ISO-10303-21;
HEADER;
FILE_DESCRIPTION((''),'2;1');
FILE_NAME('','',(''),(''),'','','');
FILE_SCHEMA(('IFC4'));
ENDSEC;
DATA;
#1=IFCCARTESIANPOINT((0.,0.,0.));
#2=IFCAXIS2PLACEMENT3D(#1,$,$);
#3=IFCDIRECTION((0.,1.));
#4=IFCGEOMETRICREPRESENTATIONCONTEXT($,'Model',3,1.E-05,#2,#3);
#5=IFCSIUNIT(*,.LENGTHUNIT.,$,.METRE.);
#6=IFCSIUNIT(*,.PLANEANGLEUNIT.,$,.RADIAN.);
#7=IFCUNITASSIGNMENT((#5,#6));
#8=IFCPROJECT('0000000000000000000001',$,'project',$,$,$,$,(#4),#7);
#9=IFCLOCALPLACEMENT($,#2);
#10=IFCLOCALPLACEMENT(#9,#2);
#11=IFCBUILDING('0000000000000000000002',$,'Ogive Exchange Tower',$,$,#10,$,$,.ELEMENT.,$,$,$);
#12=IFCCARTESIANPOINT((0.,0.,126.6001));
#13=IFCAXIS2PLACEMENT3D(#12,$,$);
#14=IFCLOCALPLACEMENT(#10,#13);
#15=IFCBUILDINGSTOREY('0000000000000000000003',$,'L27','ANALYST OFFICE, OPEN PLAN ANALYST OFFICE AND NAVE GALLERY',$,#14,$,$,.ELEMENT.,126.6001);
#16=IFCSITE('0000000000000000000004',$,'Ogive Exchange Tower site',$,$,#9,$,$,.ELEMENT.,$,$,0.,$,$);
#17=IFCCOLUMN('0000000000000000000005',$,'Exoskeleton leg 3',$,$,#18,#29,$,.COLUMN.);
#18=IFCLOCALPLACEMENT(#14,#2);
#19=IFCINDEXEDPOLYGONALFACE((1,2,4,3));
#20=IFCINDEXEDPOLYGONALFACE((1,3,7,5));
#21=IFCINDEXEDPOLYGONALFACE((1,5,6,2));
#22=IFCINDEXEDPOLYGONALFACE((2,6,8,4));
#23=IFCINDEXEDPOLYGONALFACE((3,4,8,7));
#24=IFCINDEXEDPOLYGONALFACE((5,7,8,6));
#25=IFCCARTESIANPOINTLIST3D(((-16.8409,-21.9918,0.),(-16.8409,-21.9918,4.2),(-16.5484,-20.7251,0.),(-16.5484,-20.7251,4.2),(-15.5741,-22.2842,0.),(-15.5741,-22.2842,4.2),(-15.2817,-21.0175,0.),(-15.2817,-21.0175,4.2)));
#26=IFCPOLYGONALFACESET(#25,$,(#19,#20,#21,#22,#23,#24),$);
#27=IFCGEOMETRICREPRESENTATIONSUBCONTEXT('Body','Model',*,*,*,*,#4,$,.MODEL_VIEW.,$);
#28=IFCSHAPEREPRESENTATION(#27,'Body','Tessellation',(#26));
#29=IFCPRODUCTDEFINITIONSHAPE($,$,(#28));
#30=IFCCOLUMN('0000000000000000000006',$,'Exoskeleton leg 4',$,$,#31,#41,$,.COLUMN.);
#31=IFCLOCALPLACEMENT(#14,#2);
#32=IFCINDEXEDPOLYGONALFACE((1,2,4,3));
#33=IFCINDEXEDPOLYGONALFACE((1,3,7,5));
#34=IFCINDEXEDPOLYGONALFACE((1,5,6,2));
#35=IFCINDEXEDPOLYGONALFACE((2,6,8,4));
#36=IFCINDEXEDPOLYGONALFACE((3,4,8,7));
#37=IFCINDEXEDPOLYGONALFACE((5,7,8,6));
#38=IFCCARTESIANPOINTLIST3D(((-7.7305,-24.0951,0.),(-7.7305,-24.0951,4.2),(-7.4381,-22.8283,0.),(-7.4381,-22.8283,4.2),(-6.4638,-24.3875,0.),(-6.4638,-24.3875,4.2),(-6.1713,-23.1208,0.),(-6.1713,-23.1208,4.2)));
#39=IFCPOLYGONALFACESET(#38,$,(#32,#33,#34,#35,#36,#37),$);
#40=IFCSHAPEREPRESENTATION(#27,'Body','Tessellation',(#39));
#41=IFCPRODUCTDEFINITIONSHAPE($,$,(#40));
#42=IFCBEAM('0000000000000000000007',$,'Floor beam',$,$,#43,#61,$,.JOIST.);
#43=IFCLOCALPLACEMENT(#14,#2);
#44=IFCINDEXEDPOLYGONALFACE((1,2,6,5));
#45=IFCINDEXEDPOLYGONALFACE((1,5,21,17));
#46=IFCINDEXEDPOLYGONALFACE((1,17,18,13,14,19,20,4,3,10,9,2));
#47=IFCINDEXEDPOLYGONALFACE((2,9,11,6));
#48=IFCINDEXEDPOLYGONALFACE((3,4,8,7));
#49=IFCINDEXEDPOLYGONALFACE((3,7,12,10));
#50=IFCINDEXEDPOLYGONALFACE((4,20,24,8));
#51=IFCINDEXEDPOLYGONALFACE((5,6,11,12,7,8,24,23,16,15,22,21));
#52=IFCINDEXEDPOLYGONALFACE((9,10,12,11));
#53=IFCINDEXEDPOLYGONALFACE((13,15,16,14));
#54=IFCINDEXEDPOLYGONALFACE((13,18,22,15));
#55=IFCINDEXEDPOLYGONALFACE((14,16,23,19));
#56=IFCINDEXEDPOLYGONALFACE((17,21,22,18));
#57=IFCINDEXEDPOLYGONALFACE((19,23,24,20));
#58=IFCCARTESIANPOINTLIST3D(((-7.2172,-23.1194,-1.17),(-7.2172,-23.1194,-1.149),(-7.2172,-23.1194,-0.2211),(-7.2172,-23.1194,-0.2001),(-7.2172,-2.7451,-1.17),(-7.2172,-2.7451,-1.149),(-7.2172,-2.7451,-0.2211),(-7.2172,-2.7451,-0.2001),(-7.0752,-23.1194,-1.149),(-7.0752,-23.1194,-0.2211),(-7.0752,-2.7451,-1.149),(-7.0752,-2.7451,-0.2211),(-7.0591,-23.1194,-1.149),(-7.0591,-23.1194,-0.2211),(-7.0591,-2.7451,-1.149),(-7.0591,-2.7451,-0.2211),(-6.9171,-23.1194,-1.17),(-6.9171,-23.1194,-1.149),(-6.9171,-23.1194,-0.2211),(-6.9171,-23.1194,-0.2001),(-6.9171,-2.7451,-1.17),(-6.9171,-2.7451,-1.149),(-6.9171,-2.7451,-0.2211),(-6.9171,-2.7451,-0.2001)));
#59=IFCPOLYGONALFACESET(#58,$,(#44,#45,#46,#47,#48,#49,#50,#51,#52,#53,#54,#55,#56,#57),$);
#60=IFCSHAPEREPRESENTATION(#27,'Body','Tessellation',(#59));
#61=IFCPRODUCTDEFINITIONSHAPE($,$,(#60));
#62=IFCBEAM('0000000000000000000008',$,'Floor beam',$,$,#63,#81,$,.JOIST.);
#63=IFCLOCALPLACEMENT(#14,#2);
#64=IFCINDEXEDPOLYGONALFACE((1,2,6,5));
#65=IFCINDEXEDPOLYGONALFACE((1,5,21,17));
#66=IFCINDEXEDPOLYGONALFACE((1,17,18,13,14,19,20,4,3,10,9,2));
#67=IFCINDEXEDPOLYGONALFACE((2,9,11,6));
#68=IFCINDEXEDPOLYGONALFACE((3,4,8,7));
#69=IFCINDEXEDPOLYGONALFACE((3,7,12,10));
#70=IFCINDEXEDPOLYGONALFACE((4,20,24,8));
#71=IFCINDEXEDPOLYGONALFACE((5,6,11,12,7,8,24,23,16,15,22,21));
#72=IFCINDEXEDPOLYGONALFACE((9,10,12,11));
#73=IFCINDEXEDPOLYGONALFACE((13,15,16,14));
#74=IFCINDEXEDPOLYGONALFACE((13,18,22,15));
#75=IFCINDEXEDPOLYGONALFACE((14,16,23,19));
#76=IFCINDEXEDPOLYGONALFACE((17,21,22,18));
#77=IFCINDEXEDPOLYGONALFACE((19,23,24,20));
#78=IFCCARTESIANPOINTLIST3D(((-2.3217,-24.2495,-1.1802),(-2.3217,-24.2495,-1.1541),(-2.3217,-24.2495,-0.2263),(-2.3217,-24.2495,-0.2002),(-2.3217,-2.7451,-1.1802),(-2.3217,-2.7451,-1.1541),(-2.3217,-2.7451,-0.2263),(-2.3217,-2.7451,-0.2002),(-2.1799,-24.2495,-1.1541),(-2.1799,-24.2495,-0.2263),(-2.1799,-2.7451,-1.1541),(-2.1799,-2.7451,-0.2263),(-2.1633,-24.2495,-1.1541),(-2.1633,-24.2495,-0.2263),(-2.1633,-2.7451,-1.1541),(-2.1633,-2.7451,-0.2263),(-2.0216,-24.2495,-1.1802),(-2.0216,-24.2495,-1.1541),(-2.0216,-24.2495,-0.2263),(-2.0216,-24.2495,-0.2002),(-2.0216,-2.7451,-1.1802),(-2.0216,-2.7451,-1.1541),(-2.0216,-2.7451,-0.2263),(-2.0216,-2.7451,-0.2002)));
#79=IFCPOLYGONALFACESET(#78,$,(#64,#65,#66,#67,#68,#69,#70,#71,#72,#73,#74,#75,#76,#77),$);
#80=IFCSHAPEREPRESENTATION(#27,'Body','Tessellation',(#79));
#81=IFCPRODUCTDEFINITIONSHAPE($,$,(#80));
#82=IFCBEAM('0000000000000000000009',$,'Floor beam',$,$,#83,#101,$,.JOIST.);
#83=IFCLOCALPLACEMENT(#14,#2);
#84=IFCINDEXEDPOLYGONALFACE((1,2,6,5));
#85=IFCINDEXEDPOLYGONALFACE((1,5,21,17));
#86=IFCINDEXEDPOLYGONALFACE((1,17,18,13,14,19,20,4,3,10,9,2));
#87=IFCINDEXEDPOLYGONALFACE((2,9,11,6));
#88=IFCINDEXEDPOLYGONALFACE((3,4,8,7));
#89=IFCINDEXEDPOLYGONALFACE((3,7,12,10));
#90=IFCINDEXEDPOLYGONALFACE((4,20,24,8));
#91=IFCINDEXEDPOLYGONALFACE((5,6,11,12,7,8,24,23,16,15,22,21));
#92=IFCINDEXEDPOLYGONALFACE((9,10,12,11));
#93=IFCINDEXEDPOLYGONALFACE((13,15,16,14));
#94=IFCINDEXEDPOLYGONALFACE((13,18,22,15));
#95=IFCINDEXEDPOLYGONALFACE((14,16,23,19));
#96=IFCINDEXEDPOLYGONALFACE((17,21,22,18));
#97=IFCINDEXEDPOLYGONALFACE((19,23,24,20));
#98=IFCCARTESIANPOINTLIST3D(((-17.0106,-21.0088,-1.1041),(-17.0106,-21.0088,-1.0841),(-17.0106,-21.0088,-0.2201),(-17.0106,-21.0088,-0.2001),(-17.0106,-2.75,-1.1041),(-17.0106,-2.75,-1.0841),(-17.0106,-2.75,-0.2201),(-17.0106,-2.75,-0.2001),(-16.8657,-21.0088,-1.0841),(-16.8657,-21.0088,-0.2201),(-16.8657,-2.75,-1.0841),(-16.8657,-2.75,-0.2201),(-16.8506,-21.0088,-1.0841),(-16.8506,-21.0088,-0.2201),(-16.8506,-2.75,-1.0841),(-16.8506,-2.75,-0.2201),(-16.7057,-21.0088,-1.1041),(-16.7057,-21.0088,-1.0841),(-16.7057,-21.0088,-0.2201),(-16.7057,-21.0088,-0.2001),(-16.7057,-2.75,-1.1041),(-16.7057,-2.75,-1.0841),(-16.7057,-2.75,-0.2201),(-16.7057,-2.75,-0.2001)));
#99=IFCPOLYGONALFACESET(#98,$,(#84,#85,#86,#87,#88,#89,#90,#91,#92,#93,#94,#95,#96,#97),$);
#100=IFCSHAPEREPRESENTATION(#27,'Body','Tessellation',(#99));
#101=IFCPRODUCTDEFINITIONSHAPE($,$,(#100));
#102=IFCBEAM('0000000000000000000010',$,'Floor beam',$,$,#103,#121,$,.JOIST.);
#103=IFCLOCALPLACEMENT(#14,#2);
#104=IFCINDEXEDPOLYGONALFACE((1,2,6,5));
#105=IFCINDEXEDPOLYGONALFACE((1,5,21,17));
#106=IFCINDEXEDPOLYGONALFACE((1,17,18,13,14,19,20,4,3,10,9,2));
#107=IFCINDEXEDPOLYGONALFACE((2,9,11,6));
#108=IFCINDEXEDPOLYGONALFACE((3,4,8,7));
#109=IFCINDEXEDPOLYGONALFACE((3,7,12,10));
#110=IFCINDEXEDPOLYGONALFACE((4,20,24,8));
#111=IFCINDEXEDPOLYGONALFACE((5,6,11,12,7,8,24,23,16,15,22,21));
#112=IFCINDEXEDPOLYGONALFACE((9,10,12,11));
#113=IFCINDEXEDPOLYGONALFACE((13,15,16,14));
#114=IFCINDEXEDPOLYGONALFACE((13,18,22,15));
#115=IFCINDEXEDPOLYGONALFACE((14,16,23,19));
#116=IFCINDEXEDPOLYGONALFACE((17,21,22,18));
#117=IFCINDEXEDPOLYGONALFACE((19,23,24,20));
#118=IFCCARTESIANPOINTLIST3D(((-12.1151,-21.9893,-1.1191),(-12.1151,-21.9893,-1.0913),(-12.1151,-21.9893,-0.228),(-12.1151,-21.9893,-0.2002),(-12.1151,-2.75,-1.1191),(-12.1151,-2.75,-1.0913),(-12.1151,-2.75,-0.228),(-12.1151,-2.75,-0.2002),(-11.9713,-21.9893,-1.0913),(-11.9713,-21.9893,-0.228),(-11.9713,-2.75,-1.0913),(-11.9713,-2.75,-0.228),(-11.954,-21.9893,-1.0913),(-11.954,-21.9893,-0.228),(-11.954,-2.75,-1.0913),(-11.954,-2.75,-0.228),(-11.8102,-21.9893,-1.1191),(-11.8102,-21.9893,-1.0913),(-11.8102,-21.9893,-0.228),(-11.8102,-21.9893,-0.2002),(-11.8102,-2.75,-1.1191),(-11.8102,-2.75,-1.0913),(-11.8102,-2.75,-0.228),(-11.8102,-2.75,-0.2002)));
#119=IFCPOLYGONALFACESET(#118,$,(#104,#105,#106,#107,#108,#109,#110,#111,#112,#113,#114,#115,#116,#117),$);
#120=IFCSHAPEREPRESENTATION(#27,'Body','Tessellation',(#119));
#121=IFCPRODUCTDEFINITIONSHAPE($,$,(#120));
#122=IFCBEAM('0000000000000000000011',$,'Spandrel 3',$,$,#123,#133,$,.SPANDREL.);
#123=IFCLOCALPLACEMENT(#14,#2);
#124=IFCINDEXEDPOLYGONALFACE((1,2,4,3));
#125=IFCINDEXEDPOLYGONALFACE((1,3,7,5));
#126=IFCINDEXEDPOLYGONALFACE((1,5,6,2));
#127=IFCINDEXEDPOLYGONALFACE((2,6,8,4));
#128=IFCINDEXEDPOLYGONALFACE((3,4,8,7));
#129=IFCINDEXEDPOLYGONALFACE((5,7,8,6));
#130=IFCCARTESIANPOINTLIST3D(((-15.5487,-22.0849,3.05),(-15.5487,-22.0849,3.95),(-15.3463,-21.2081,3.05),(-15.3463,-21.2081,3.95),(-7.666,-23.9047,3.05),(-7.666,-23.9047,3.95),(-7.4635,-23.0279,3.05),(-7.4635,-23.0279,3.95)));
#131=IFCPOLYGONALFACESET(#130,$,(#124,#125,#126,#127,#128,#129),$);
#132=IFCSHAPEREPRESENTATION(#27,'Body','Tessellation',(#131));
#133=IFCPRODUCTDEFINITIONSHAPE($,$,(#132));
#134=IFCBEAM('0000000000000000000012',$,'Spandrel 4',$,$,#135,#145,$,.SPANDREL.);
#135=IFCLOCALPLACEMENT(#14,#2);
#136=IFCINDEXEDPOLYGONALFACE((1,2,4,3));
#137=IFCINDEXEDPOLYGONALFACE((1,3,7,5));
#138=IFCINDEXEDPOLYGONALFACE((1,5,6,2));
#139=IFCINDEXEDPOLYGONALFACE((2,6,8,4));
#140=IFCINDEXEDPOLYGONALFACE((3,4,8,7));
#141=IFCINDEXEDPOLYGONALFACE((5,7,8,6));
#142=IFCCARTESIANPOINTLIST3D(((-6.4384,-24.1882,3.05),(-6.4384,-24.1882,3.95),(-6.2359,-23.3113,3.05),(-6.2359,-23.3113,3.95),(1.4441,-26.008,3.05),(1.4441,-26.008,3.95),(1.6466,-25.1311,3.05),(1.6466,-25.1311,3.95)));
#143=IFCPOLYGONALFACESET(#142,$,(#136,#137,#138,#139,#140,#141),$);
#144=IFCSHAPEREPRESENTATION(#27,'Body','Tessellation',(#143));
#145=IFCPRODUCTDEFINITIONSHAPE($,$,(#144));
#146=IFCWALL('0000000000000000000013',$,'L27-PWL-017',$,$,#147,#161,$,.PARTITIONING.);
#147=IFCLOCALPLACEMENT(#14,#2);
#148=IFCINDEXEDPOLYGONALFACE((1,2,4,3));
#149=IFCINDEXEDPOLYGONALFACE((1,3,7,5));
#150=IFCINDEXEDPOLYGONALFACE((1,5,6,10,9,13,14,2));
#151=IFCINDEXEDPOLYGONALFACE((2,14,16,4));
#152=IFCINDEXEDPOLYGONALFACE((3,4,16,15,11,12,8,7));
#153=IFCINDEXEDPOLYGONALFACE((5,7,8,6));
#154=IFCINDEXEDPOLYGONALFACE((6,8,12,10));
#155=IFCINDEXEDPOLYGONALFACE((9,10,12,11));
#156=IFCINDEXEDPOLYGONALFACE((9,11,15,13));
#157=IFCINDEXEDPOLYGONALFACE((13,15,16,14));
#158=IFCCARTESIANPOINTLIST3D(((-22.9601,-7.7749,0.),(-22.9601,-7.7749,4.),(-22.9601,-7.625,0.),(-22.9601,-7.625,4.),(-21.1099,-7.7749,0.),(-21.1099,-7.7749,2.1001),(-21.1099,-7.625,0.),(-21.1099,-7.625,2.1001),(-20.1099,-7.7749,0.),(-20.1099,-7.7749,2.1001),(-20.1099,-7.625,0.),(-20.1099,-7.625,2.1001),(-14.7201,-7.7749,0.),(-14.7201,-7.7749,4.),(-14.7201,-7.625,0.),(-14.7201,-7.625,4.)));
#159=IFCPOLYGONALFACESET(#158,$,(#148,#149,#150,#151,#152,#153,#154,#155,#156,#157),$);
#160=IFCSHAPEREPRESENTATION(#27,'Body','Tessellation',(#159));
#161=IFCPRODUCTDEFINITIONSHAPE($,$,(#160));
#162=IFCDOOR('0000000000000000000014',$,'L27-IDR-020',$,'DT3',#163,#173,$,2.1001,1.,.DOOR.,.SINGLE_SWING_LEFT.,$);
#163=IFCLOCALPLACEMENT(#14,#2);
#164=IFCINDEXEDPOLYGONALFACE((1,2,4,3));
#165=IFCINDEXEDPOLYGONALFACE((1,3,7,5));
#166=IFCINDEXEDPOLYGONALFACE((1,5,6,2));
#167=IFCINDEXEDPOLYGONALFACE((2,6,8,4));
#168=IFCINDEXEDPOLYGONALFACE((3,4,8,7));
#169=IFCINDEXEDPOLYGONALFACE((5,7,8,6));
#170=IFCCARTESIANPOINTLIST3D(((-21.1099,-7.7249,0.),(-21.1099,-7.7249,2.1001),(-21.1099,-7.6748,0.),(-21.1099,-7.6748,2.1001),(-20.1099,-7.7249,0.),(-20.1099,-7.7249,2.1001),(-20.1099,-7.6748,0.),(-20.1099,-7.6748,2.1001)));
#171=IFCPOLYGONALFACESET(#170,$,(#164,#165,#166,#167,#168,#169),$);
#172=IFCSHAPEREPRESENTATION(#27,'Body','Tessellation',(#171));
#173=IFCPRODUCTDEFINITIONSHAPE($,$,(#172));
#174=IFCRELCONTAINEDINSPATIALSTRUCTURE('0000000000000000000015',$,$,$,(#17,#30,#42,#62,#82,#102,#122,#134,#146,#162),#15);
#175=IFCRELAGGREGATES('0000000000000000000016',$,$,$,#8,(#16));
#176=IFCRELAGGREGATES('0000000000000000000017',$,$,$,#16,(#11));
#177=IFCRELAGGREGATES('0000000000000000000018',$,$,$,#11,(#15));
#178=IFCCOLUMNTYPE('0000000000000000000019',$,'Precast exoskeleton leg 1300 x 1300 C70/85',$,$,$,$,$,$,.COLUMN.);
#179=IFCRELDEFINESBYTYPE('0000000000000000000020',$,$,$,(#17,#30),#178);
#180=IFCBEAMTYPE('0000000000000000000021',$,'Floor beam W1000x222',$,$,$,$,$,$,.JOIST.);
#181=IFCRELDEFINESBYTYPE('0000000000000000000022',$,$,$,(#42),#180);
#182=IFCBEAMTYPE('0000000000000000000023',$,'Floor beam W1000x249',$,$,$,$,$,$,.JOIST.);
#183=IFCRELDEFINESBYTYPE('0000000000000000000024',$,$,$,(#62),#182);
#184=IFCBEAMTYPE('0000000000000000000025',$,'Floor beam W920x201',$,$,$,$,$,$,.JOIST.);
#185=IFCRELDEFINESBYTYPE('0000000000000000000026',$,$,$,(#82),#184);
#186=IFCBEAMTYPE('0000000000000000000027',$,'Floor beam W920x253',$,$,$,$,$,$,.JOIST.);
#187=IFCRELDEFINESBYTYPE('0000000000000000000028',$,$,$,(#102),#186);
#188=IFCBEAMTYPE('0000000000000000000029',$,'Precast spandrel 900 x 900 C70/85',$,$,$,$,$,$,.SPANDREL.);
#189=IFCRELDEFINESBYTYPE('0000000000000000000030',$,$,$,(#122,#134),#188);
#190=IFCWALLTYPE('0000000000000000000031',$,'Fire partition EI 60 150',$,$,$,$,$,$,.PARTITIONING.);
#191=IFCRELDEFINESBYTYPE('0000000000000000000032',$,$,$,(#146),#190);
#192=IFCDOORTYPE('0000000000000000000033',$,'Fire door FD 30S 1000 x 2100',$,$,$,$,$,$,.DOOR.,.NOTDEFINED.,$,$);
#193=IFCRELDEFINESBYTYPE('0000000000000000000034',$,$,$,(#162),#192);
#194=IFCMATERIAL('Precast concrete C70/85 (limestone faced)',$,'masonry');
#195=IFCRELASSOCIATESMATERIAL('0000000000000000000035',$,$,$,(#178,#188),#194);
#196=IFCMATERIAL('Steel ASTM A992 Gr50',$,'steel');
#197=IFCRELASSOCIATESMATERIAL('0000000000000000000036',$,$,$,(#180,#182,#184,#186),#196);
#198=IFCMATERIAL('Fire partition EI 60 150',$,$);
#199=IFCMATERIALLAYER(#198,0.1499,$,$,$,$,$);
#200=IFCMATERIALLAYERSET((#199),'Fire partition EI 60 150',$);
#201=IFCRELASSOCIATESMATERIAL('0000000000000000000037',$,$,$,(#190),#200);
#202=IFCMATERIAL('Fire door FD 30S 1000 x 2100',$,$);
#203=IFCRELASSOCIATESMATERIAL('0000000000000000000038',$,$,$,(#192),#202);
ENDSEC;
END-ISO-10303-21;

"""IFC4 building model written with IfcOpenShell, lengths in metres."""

from ifc_helpers import new_model, si_unit, direction, frame, frame_2d, origin, origin_2d, place, context, subcontext, project, spatial, rectangle, i_section, extrude, material, layer, layer_set, material_profile, profile_set, type_object, element, fill, save


model = new_model("IFC4")

# Units and contexts
model_context = context("Model", 3, precision=1e-05, world=origin(), true_north=direction((0.0, 1.0)))
body_context = subcontext(model_context, "Body", "Model", "MODEL_VIEW")
ifc_project = project(units=[si_unit("LENGTHUNIT", "METRE"), si_unit("PLANEANGLEUNIT", "RADIAN")], contexts=[model_context])

# Site, building, storey
site_placement = place(None, origin())
site = spatial("IfcSite", under=ifc_project, at=site_placement, Name="Ogive Exchange Tower site", CompositionType="ELEMENT", RefElevation=0.0)
building_placement = place(site_placement, origin())
building = spatial("IfcBuilding", under=site, at=building_placement, Name="Ogive Exchange Tower", CompositionType="ELEMENT")
storey_placement = place(building_placement, frame((0.0, 0.0, 126.6001)))
storey = spatial("IfcBuildingStorey", under=building, at=storey_placement, Name="L27", Description="ANALYST OFFICE, OPEN PLAN ANALYST OFFICE AND NAVE GALLERY", CompositionType="ELEMENT", Elevation=126.6001)

# Columns
ifc_material_1 = material(Name="Precast concrete C70/85 (limestone faced)", Category="masonry")
ifc_material_profile_1 = material_profile(ifc_material_1, rectangle(XDim=1.3, YDim=1.3, at=origin_2d()), Name="1300 x 1300")
ifc_profile_set_1 = profile_set([ifc_material_profile_1], Name="Precast concrete C70/85 (limestone faced)")
column_type = type_object("IfcColumnType", Name="Precast exoskeleton leg 1300 x 1300 C70/85", PredefinedType="COLUMN", material=ifc_profile_set_1)
for number, where, z_axis, x_axis, name in (
    (1, (-16.0613, -21.5046, 0.0), (0.0, 0.0, 1.0), (0.97437, -0.224951, 0.0), "Exoskeleton leg 3"),
    (2, (-6.9509, -23.6079, 0.0), (0.0, 0.0, 1.0), (0.97437, -0.224951, 0.0), "Exoskeleton leg 4"),
):
    element("IfcColumn", number, at=place(storey_placement, frame(where, z_axis=z_axis, x_axis=x_axis)), inside=storey, type_object=column_type, Name=name, PredefinedType="COLUMN", context=body_context, shape_type="SweptSolid", body=[
        extrude(rectangle(XDim=1.3, YDim=1.3, at=origin_2d()), origin(), (0.0, 0.0, 1.0), 4.2),
    ])

# Beams
ifc_material_2 = material(Name="Steel ASTM A992 Gr50", Category="steel")
ifc_material_profile_2 = material_profile(ifc_material_2, i_section(OverallWidth=0.3, OverallDepth=0.97, WebThickness=0.0161, FlangeThickness=0.021, at=origin_2d()), Name="W1000x222")
ifc_profile_set_2 = profile_set([ifc_material_profile_2], Name="Steel ASTM A992 Gr50")
beam_type_1 = type_object("IfcBeamType", Name="Floor beam W1000x222", PredefinedType="JOIST", material=ifc_profile_set_2)
beam_1_placement = place(storey_placement, frame((-7.0671, -23.1194, -0.6851), z_axis=(0.0, 1.0, 0.0), x_axis=(-1.0, 0.0, 0.0)))
element("IfcBeam", 3, at=beam_1_placement, inside=storey, type_object=beam_type_1, Name="Floor beam", PredefinedType="JOIST", context=body_context, shape_type="SweptSolid", body=[
    extrude(i_section(OverallWidth=0.3, OverallDepth=0.97, WebThickness=0.0161, FlangeThickness=0.021, at=origin_2d()), origin(), (0.0, 0.0, 1.0), 20.3743),
])
ifc_material_profile_3 = material_profile(ifc_material_2, i_section(OverallWidth=0.3, OverallDepth=0.98, WebThickness=0.0166, FlangeThickness=0.0261, at=origin_2d()), Name="W1000x249")
ifc_profile_set_3 = profile_set([ifc_material_profile_3], Name="Steel ASTM A992 Gr50")
beam_type_2 = type_object("IfcBeamType", Name="Floor beam W1000x249", PredefinedType="JOIST", material=ifc_profile_set_3)
beam_2_placement = place(storey_placement, frame((-2.1716, -24.2495, -0.6902), z_axis=(0.0, 1.0, 0.0), x_axis=(-1.0, 0.0, 0.0)))
element("IfcBeam", 4, at=beam_2_placement, inside=storey, type_object=beam_type_2, Name="Floor beam", PredefinedType="JOIST", context=body_context, shape_type="SweptSolid", body=[
    extrude(i_section(OverallWidth=0.3, OverallDepth=0.98, WebThickness=0.0166, FlangeThickness=0.0261, at=origin_2d()), origin(), (0.0, 0.0, 1.0), 21.5044),
])
ifc_material_profile_4 = material_profile(ifc_material_2, i_section(OverallWidth=0.3049, OverallDepth=0.9041, WebThickness=0.0151, FlangeThickness=0.02, at=origin_2d()), Name="W920x201")
ifc_profile_set_4 = profile_set([ifc_material_profile_4], Name="Steel ASTM A992 Gr50")
beam_type_3 = type_object("IfcBeamType", Name="Floor beam W920x201", PredefinedType="JOIST", material=ifc_profile_set_4)
beam_3_placement = place(storey_placement, frame((-16.8582, -21.0088, -0.6521), z_axis=(0.0, 1.0, 0.0), x_axis=(-1.0, 0.0, 0.0)))
element("IfcBeam", 5, at=beam_3_placement, inside=storey, type_object=beam_type_3, Name="Floor beam", PredefinedType="JOIST", context=body_context, shape_type="SweptSolid", body=[
    extrude(i_section(OverallWidth=0.3049, OverallDepth=0.9041, WebThickness=0.0151, FlangeThickness=0.02, at=origin_2d()), origin(), (0.0, 0.0, 1.0), 18.2588),
])
ifc_material_profile_5 = material_profile(ifc_material_2, i_section(OverallWidth=0.3049, OverallDepth=0.9189, WebThickness=0.0173, FlangeThickness=0.0278, at=origin_2d()), Name="W920x253")
ifc_profile_set_5 = profile_set([ifc_material_profile_5], Name="Steel ASTM A992 Gr50")
beam_type_4 = type_object("IfcBeamType", Name="Floor beam W920x253", PredefinedType="JOIST", material=ifc_profile_set_5)
beam_4_placement = place(storey_placement, frame((-11.9626, -21.9893, -0.6597), z_axis=(0.0, 1.0, 0.0), x_axis=(-1.0, 0.0, 0.0)))
element("IfcBeam", 6, at=beam_4_placement, inside=storey, type_object=beam_type_4, Name="Floor beam", PredefinedType="JOIST", context=body_context, shape_type="SweptSolid", body=[
    extrude(i_section(OverallWidth=0.3049, OverallDepth=0.9189, WebThickness=0.0173, FlangeThickness=0.0278, at=origin_2d()), origin(), (0.0, 0.0, 1.0), 19.2393),
])
ifc_material_profile_6 = material_profile(ifc_material_1, rectangle(XDim=0.8999, YDim=0.8999, at=origin_2d()), Name="900 x 900")
ifc_profile_set_6 = profile_set([ifc_material_profile_6], Name="Precast concrete C70/85 (limestone faced)")
beam_type_5 = type_object("IfcBeamType", Name="Precast spandrel 900 x 900 C70/85", PredefinedType="SPANDREL", material=ifc_profile_set_6)
beam_5_placement = place(storey_placement, frame((-15.4475, -21.6465, 3.5), z_axis=(0.974372, -0.224943, 0.0), x_axis=(0.224943, 0.974372, 0.0)))
element("IfcBeam", 7, at=beam_5_placement, inside=storey, type_object=beam_type_5, Name="Spandrel 3", PredefinedType="SPANDREL", context=body_context, shape_type="SweptSolid", body=[
    extrude(rectangle(XDim=0.8999, YDim=0.8999, at=origin_2d()), origin(), (0.0, 0.0, 1.0), 8.0901),
])
beam_6_placement = place(storey_placement, frame((-6.3372, -23.7498, 3.5), z_axis=(0.97437, -0.22495, 0.0), x_axis=(0.22495, 0.97437, 0.0)))
element("IfcBeam", 8, at=beam_6_placement, inside=storey, type_object=beam_type_5, Name="Spandrel 4", PredefinedType="SPANDREL", context=body_context, shape_type="SweptSolid", body=[
    extrude(rectangle(XDim=0.8999, YDim=0.8999, at=origin_2d()), origin(), (0.0, 0.0, 1.0), 8.0898),
])

# Wall, opening, door
ifc_material_3 = material(Name="Fire partition EI 60 150")
ifc_layer_1 = layer(ifc_material_3, 0.1499)
ifc_layer_set_1 = layer_set([ifc_layer_1], Name="Fire partition EI 60 150")
wall_type_1 = type_object("IfcWallType", Name="Fire partition EI 60 150", PredefinedType="PARTITIONING", material=ifc_layer_set_1)
wall_1_placement = place(storey_placement, frame((-14.72, -7.7, 0.0), z_axis=(0.0, 0.0, 1.0), x_axis=(-1.0, 0.0, 0.0)))
wall_1 = element("IfcWall", 9, at=wall_1_placement, inside=storey, type_object=wall_type_1, Name="L27-PWL-017", PredefinedType="PARTITIONING", context=body_context, shape_type="SweptSolid", body=[
    extrude(rectangle(XDim=8.24, YDim=0.1499, at=frame_2d((4.1201, 0.0))), origin(), (0.0, 0.0, 1.0), 4.0),
])
opening_1_placement = place(wall_1_placement, frame((5.3899, 0.0, 0.0)))
opening_1 = element("IfcOpeningElement", 10, at=opening_1_placement, cuts=wall_1, PredefinedType="OPENING", context=body_context, shape_type="SweptSolid", body=[
    extrude(rectangle(XDim=1.0, YDim=2.1001, at=frame_2d((0.5, 1.05))), frame((0.0, 0.085, 0.0), z_axis=(0.0, -1.0, 0.0), x_axis=(1.0, 0.0, 0.0)), (0.0, 0.0, 1.0), 0.1699),
])
ifc_material_4 = material(Name="Fire door FD 30S 1000 x 2100")
door_type_1 = type_object("IfcDoorType", Name="Fire door FD 30S 1000 x 2100", OperationType="NOTDEFINED", PredefinedType="DOOR", material=ifc_material_4)
door_1_placement = place(opening_1_placement, origin())
door_1 = element("IfcDoor", 11, at=door_1_placement, inside=storey, type_object=door_type_1, Name="L27-IDR-020", ObjectType="DT3", OperationType="SINGLE_SWING_LEFT", OverallHeight=2.1001, OverallWidth=1.0, PredefinedType="DOOR", context=body_context, shape_type="SweptSolid", body=[
    extrude(rectangle(XDim=1.0, YDim=2.1001, at=frame_2d((0.5, 1.05))), frame((0.0, 0.0249, 0.0), z_axis=(0.0, -1.0, 0.0), x_axis=(1.0, 0.0, 0.0)), (0.0, 0.0, 1.0), 0.05),
])
fill(opening_1, door_1)

save(model, "model.ifc")
